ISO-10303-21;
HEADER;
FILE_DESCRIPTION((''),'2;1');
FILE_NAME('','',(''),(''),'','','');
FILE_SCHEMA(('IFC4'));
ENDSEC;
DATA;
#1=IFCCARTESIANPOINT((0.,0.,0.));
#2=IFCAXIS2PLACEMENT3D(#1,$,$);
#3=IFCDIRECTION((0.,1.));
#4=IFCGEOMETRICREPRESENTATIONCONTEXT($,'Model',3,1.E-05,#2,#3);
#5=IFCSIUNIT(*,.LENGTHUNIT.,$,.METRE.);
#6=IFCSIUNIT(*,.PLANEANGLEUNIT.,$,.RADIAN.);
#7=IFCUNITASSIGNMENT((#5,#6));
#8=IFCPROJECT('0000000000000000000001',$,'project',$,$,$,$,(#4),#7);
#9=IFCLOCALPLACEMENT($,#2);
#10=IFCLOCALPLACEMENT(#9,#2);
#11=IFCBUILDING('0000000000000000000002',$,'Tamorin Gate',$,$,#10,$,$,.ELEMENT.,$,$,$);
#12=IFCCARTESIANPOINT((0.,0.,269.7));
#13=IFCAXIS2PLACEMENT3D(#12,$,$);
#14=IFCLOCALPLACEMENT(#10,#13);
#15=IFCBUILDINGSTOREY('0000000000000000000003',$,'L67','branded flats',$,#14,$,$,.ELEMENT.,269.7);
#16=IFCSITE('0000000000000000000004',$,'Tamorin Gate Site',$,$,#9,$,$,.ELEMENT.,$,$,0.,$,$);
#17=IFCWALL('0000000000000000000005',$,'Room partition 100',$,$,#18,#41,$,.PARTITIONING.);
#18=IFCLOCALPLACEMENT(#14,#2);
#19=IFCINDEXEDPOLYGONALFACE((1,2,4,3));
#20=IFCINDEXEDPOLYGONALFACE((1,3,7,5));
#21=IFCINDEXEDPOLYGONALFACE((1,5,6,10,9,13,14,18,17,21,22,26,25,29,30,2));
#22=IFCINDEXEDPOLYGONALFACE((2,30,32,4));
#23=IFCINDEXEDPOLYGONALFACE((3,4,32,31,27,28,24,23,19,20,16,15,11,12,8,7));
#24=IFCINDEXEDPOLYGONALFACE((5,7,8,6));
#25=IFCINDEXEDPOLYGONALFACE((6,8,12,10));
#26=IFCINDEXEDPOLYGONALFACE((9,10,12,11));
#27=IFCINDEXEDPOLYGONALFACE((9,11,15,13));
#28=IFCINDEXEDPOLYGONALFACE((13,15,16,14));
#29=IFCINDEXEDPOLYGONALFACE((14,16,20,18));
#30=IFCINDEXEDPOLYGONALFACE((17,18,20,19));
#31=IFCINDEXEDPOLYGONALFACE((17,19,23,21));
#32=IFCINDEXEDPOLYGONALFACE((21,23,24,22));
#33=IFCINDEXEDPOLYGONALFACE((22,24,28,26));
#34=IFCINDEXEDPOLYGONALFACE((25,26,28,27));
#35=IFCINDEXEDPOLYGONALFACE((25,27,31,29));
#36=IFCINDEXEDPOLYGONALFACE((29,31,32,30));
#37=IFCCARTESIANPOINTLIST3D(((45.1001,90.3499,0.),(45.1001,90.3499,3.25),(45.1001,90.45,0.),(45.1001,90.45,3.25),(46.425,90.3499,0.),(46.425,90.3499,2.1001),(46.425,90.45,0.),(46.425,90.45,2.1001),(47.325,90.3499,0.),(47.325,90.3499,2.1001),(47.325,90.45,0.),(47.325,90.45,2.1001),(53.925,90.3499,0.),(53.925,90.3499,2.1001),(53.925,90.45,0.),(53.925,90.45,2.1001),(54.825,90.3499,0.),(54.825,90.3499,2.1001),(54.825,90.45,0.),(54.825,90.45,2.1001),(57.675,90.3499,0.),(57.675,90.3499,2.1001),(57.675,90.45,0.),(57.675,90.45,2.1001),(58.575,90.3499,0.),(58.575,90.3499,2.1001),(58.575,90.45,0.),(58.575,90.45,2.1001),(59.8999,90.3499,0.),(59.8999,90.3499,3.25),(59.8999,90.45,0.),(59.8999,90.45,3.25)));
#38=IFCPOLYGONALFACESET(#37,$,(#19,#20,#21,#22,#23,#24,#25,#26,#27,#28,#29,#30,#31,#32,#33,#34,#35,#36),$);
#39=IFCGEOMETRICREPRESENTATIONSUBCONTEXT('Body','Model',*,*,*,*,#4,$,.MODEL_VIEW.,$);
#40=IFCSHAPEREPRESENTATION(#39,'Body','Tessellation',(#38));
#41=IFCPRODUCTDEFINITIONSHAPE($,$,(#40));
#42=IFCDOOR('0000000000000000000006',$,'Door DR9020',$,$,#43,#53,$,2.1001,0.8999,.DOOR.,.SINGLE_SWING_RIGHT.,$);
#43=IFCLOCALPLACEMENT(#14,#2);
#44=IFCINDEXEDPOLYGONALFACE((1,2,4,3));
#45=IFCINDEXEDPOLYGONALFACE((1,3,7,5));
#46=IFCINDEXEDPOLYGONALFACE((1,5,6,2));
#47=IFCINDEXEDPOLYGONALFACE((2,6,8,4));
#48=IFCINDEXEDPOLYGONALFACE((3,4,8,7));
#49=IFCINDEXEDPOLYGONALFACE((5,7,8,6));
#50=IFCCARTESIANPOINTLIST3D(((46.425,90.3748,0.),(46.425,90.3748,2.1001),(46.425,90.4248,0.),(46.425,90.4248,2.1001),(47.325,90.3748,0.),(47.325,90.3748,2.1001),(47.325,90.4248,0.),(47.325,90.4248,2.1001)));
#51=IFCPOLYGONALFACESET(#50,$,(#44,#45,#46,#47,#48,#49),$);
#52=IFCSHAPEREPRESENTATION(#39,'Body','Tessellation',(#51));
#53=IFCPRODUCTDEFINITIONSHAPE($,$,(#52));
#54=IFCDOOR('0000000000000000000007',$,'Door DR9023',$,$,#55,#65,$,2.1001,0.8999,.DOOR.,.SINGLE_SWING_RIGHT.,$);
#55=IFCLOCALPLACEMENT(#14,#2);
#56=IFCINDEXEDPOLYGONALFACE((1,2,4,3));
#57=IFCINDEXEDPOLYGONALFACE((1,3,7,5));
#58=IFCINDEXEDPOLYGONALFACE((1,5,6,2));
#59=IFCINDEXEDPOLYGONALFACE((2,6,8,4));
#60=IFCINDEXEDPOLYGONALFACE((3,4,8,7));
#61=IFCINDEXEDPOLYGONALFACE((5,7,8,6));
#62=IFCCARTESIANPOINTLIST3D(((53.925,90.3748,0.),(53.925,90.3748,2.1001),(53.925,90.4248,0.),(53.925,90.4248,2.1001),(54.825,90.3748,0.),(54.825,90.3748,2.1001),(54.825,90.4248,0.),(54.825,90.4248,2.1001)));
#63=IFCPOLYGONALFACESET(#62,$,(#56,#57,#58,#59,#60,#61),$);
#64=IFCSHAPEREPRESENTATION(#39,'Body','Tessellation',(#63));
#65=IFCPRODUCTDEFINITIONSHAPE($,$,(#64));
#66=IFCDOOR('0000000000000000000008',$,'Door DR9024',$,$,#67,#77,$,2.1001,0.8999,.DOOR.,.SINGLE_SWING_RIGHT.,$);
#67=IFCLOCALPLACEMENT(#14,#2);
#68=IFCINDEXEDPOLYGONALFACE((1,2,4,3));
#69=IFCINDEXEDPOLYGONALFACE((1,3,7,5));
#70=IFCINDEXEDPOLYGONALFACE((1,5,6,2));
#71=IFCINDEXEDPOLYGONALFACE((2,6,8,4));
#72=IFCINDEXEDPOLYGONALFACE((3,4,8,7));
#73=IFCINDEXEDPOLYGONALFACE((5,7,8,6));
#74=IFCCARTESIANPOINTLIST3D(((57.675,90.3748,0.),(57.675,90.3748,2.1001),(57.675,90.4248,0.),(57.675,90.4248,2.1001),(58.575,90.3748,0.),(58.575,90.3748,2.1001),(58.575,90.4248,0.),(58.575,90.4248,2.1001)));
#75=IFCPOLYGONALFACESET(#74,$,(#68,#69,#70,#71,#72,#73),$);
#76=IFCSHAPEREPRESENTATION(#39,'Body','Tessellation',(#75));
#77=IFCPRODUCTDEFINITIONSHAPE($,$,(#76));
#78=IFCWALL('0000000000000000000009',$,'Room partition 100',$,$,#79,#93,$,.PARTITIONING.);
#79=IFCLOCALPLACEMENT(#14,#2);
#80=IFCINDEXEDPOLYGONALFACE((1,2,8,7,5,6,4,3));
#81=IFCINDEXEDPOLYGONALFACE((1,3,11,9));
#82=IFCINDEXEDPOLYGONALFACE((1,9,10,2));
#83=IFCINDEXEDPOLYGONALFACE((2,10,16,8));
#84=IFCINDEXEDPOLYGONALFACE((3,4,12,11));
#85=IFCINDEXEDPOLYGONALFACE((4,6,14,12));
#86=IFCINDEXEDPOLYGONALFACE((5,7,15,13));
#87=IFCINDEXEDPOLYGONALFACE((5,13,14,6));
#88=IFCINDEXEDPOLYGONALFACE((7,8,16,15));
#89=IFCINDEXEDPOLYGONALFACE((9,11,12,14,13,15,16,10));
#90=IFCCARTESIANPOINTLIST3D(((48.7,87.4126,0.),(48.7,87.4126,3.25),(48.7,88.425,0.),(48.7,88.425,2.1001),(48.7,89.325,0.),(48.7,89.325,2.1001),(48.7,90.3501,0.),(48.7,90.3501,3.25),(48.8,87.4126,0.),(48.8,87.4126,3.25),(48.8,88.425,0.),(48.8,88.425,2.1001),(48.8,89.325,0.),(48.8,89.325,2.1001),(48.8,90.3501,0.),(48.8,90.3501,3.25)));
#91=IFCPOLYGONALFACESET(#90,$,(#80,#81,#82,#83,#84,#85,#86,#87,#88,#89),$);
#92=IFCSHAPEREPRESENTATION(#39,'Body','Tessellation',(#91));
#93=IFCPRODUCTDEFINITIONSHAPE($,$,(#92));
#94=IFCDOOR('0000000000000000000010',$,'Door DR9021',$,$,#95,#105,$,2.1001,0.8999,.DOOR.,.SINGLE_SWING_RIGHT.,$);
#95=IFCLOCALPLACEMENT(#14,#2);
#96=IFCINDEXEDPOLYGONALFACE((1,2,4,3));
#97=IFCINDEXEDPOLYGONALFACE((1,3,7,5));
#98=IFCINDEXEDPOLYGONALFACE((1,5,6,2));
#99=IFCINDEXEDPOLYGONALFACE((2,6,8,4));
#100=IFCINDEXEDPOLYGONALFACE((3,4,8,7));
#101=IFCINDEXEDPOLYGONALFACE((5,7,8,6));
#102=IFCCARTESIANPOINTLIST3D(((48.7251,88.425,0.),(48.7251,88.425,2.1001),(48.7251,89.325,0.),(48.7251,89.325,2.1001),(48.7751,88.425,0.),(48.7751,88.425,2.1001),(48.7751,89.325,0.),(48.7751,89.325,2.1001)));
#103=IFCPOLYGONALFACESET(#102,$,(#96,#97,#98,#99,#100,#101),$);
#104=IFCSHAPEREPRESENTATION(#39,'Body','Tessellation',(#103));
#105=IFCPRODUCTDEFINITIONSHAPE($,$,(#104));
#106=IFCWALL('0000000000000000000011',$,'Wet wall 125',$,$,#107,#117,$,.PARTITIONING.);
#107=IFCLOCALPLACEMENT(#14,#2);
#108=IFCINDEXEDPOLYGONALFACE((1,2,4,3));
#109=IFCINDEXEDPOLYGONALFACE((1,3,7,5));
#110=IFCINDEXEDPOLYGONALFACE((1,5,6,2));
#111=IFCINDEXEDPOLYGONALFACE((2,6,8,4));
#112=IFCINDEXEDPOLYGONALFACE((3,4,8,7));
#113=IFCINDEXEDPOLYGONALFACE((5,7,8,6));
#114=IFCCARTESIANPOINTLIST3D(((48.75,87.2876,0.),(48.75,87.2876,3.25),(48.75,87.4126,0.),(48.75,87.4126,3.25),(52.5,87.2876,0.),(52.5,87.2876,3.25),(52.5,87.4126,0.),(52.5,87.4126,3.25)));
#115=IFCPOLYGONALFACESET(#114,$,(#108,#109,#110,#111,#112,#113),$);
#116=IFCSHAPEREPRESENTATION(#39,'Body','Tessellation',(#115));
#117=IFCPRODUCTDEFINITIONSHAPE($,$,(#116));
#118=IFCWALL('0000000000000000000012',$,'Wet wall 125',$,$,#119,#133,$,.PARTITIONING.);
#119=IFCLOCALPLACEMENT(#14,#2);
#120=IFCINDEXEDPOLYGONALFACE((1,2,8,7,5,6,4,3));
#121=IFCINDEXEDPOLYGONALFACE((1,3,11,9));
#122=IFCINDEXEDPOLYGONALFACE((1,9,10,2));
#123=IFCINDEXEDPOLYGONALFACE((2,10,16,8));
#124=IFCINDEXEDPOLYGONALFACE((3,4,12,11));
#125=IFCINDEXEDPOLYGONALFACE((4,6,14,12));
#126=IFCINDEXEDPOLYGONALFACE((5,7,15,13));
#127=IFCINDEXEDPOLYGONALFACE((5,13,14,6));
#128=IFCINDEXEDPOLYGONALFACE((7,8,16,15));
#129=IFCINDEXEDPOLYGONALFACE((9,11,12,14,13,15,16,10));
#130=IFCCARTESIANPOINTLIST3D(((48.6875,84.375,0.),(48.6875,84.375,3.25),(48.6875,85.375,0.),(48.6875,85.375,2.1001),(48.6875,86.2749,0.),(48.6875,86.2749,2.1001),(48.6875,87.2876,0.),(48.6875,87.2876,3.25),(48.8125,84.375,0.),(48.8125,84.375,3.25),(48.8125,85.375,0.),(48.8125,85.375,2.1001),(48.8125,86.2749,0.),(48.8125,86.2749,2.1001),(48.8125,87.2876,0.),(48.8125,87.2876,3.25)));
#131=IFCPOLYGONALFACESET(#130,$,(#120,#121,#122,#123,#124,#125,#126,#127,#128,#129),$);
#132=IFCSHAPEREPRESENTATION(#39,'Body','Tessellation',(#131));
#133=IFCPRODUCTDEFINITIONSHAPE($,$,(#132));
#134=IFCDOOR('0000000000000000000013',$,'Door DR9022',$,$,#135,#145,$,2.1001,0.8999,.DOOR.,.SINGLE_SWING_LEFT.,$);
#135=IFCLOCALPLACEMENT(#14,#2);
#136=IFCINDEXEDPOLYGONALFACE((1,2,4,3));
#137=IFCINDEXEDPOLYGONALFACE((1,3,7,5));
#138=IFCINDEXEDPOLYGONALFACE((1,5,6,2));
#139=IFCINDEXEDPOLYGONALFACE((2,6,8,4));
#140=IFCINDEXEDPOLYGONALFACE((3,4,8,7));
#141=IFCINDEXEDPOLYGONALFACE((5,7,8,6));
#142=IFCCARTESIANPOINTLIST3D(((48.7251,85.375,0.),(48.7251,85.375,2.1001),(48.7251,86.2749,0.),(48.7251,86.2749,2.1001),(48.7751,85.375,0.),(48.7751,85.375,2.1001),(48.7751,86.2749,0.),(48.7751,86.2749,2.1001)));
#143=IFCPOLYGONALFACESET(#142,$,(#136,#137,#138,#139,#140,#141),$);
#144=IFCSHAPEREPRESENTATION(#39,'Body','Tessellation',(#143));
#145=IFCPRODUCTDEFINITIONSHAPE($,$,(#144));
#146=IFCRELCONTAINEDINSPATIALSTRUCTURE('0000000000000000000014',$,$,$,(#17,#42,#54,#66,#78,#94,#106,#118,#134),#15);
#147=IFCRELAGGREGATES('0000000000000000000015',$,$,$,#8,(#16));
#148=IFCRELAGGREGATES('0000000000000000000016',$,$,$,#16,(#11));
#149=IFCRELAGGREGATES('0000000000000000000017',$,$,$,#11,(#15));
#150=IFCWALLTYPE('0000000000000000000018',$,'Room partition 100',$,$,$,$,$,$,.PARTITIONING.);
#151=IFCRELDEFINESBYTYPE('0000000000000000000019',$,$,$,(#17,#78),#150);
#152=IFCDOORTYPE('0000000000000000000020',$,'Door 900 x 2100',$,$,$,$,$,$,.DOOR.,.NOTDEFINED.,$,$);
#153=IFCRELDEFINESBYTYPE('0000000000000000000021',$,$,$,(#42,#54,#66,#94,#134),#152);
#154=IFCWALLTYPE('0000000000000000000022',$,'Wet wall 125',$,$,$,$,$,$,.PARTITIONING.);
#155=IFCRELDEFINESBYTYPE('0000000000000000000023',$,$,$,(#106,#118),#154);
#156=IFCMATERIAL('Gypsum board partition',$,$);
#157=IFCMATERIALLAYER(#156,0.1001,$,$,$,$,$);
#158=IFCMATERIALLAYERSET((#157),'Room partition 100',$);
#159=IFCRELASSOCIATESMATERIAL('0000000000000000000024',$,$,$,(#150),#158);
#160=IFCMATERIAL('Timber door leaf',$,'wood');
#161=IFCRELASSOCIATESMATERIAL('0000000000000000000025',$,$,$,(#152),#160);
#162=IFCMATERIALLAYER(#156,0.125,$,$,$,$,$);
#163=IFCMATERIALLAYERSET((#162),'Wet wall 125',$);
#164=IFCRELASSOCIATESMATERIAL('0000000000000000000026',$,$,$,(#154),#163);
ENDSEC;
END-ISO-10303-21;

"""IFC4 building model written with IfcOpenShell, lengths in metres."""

from ifc_helpers import new_model, si_unit, direction, frame, frame_2d, origin, place, context, subcontext, project, spatial, rectangle, extrude, material, layer, layer_set, type_object, element, fill, save


model = new_model("IFC4")

# Units and contexts
model_context = context("Model", 3, precision=1e-05, world=origin(), true_north=direction((0.0, 1.0)))
body_context = subcontext(model_context, "Body", "Model", "MODEL_VIEW")
ifc_project = project(units=[si_unit("LENGTHUNIT", "METRE"), si_unit("PLANEANGLEUNIT", "RADIAN")], contexts=[model_context])

# Site, building, storey
site_placement = place(None, origin())
site = spatial("IfcSite", under=ifc_project, at=site_placement, Name="Tamorin Gate Site", CompositionType="ELEMENT", RefElevation=0.0)
building_placement = place(site_placement, origin())
building = spatial("IfcBuilding", under=site, at=building_placement, Name="Tamorin Gate", CompositionType="ELEMENT")
storey_placement = place(building_placement, frame((0.0, 0.0, 269.7)))
storey = spatial("IfcBuildingStorey", under=building, at=storey_placement, Name="L67", Description="branded flats", CompositionType="ELEMENT", Elevation=269.7)

# Shared definitions
ifc_material_1 = material(Name="Gypsum board partition")

# Wall, openings, doors
ifc_layer_1 = layer(ifc_material_1, 0.1001)
ifc_layer_set_1 = layer_set([ifc_layer_1], Name="Room partition 100")
wall_type_1 = type_object("IfcWallType", Name="Room partition 100", PredefinedType="PARTITIONING", material=ifc_layer_set_1)
wall_1_placement = place(storey_placement, frame((45.1001, 90.3999, 0.0), z_axis=(0.0, 0.0, 1.0), x_axis=(1.0, 0.0, 0.0)))
wall_1 = element("IfcWall", 1, at=wall_1_placement, inside=storey, type_object=wall_type_1, Name="Room partition 100", PredefinedType="PARTITIONING", context=body_context, shape_type="SweptSolid", body=[
    extrude(rectangle(XDim=14.7998, YDim=0.1001, at=frame_2d((7.3999, 0.0))), origin(), (0.0, 0.0, 1.0), 3.25),
])
opening_1_placement = place(wall_1_placement, frame((1.325, 0.0, 0.0)))
opening_1 = element("IfcOpeningElement", 2, at=opening_1_placement, cuts=wall_1, PredefinedType="OPENING", context=body_context, shape_type="SweptSolid", body=[
    extrude(rectangle(XDim=0.8999, YDim=2.1001, at=frame_2d((0.45, 1.05))), frame((0.0, 0.0601, 0.0), z_axis=(0.0, -1.0, 0.0), x_axis=(1.0, 0.0, 0.0)), (0.0, 0.0, 1.0), 0.1201),
])
opening_2_placement = place(wall_1_placement, frame((8.825, 0.0, 0.0)))
opening_2 = element("IfcOpeningElement", 3, at=opening_2_placement, cuts=wall_1, PredefinedType="OPENING", context=body_context, shape_type="SweptSolid", body=[
    extrude(rectangle(XDim=0.8999, YDim=2.1001, at=frame_2d((0.45, 1.05))), frame((0.0, 0.0601, 0.0), z_axis=(0.0, -1.0, 0.0), x_axis=(1.0, 0.0, 0.0)), (0.0, 0.0, 1.0), 0.1201),
])
opening_3_placement = place(wall_1_placement, frame((12.575, 0.0, 0.0)))
opening_3 = element("IfcOpeningElement", 4, at=opening_3_placement, cuts=wall_1, PredefinedType="OPENING", context=body_context, shape_type="SweptSolid", body=[
    extrude(rectangle(XDim=0.8999, YDim=2.1001, at=frame_2d((0.45, 1.05))), frame((0.0, 0.0601, 0.0), z_axis=(0.0, -1.0, 0.0), x_axis=(1.0, 0.0, 0.0)), (0.0, 0.0, 1.0), 0.1201),
])
ifc_material_2 = material(Name="Timber door leaf", Category="wood")
door_type = type_object("IfcDoorType", Name="Door 900 x 2100", OperationType="NOTDEFINED", PredefinedType="DOOR", material=ifc_material_2)
door_1_placement = place(opening_1_placement, origin())
door_1 = element("IfcDoor", 5, at=door_1_placement, inside=storey, type_object=door_type, Name="Door DR9020", OperationType="SINGLE_SWING_RIGHT", OverallHeight=2.1001, OverallWidth=0.8999, PredefinedType="DOOR", context=body_context, shape_type="SweptSolid", body=[
    extrude(rectangle(XDim=0.8999, YDim=2.1001, at=frame_2d((0.45, 1.05))), frame((0.0, 0.0249, 0.0), z_axis=(0.0, -1.0, 0.0), x_axis=(1.0, 0.0, 0.0)), (0.0, 0.0, 1.0), 0.05),
])
fill(opening_1, door_1)
door_2_placement = place(opening_2_placement, origin())
door_2 = element("IfcDoor", 6, at=door_2_placement, inside=storey, type_object=door_type, Name="Door DR9023", OperationType="SINGLE_SWING_RIGHT", OverallHeight=2.1001, OverallWidth=0.8999, PredefinedType="DOOR", context=body_context, shape_type="SweptSolid", body=[
    extrude(rectangle(XDim=0.8999, YDim=2.1001, at=frame_2d((0.45, 1.05))), frame((0.0, 0.0249, 0.0), z_axis=(0.0, -1.0, 0.0), x_axis=(1.0, 0.0, 0.0)), (0.0, 0.0, 1.0), 0.05),
])
fill(opening_2, door_2)
door_3_placement = place(opening_3_placement, origin())
door_3 = element("IfcDoor", 7, at=door_3_placement, inside=storey, type_object=door_type, Name="Door DR9024", OperationType="SINGLE_SWING_RIGHT", OverallHeight=2.1001, OverallWidth=0.8999, PredefinedType="DOOR", context=body_context, shape_type="SweptSolid", body=[
    extrude(rectangle(XDim=0.8999, YDim=2.1001, at=frame_2d((0.45, 1.05))), frame((0.0, 0.0249, 0.0), z_axis=(0.0, -1.0, 0.0), x_axis=(1.0, 0.0, 0.0)), (0.0, 0.0, 1.0), 0.05),
])
fill(opening_3, door_3)

# Wall, opening, door
wall_2_placement = place(storey_placement, frame((48.75, 87.4126, 0.0), z_axis=(0.0, 0.0, 1.0), x_axis=(0.0, 1.0, 0.0)))
wall_2 = element("IfcWall", 8, at=wall_2_placement, inside=storey, type_object=wall_type_1, Name="Room partition 100", PredefinedType="PARTITIONING", context=body_context, shape_type="SweptSolid", body=[
    extrude(rectangle(XDim=2.9375, YDim=0.1001, at=frame_2d((1.4688, 0.0))), origin(), (0.0, 0.0, 1.0), 3.25),
])
opening_4_placement = place(wall_2_placement, frame((1.0125, 0.0, 0.0)))
opening_4 = element("IfcOpeningElement", 9, at=opening_4_placement, cuts=wall_2, PredefinedType="OPENING", context=body_context, shape_type="SweptSolid", body=[
    extrude(rectangle(XDim=0.8999, YDim=2.1001, at=frame_2d((0.45, 1.05))), frame((0.0, 0.0601, 0.0), z_axis=(0.0, -1.0, 0.0), x_axis=(1.0, 0.0, 0.0)), (0.0, 0.0, 1.0), 0.1201),
])
door_4_placement = place(opening_4_placement, origin())
door_4 = element("IfcDoor", 10, at=door_4_placement, inside=storey, type_object=door_type, Name="Door DR9021", OperationType="SINGLE_SWING_RIGHT", OverallHeight=2.1001, OverallWidth=0.8999, PredefinedType="DOOR", context=body_context, shape_type="SweptSolid", body=[
    extrude(rectangle(XDim=0.8999, YDim=2.1001, at=frame_2d((0.45, 1.05))), frame((0.0, 0.0249, 0.0), z_axis=(0.0, -1.0, 0.0), x_axis=(1.0, 0.0, 0.0)), (0.0, 0.0, 1.0), 0.05),
])
fill(opening_4, door_4)

# Wall
ifc_layer_2 = layer(ifc_material_1, 0.125)
ifc_layer_set_2 = layer_set([ifc_layer_2], Name="Wet wall 125")
wall_type_2 = type_object("IfcWallType", Name="Wet wall 125", PredefinedType="PARTITIONING", material=ifc_layer_set_2)
wall_3_placement = place(storey_placement, frame((48.75, 87.3501, 0.0), z_axis=(0.0, 0.0, 1.0), x_axis=(1.0, 0.0, 0.0)))
element("IfcWall", 11, at=wall_3_placement, inside=storey, type_object=wall_type_2, Name="Wet wall 125", PredefinedType="PARTITIONING", context=body_context, shape_type="SweptSolid", body=[
    extrude(rectangle(XDim=3.75, YDim=0.125, at=frame_2d((1.875, 0.0))), origin(), (0.0, 0.0, 1.0), 3.25),
])

# Wall, opening, door
wall_4_placement = place(storey_placement, frame((48.75, 84.375, 0.0), z_axis=(0.0, 0.0, 1.0), x_axis=(0.0, 1.0, 0.0)))
wall_4 = element("IfcWall", 12, at=wall_4_placement, inside=storey, type_object=wall_type_2, Name="Wet wall 125", PredefinedType="PARTITIONING", context=body_context, shape_type="SweptSolid", body=[
    extrude(rectangle(XDim=2.9126, YDim=0.125, at=frame_2d((1.4563, 0.0))), origin(), (0.0, 0.0, 1.0), 3.25),
])
opening_5_placement = place(wall_4_placement, frame((1.0, 0.0, 0.0)))
opening_5 = element("IfcOpeningElement", 13, at=opening_5_placement, cuts=wall_4, PredefinedType="OPENING", context=body_context, shape_type="SweptSolid", body=[
    extrude(rectangle(XDim=0.8999, YDim=2.1001, at=frame_2d((0.45, 1.05))), frame((0.0, 0.0725, 0.0), z_axis=(0.0, -1.0, 0.0), x_axis=(1.0, 0.0, 0.0)), (0.0, 0.0, 1.0), 0.145),
])
door_5_placement = place(opening_5_placement, origin())
door_5 = element("IfcDoor", 14, at=door_5_placement, inside=storey, type_object=door_type, Name="Door DR9022", OperationType="SINGLE_SWING_LEFT", OverallHeight=2.1001, OverallWidth=0.8999, PredefinedType="DOOR", context=body_context, shape_type="SweptSolid", body=[
    extrude(rectangle(XDim=0.8999, YDim=2.1001, at=frame_2d((0.45, 1.05))), frame((0.0, 0.0249, 0.0), z_axis=(0.0, -1.0, 0.0), x_axis=(1.0, 0.0, 0.0)), (0.0, 0.0, 1.0), 0.05),
])
fill(opening_5, door_5)

save(model, "model.ifc")
